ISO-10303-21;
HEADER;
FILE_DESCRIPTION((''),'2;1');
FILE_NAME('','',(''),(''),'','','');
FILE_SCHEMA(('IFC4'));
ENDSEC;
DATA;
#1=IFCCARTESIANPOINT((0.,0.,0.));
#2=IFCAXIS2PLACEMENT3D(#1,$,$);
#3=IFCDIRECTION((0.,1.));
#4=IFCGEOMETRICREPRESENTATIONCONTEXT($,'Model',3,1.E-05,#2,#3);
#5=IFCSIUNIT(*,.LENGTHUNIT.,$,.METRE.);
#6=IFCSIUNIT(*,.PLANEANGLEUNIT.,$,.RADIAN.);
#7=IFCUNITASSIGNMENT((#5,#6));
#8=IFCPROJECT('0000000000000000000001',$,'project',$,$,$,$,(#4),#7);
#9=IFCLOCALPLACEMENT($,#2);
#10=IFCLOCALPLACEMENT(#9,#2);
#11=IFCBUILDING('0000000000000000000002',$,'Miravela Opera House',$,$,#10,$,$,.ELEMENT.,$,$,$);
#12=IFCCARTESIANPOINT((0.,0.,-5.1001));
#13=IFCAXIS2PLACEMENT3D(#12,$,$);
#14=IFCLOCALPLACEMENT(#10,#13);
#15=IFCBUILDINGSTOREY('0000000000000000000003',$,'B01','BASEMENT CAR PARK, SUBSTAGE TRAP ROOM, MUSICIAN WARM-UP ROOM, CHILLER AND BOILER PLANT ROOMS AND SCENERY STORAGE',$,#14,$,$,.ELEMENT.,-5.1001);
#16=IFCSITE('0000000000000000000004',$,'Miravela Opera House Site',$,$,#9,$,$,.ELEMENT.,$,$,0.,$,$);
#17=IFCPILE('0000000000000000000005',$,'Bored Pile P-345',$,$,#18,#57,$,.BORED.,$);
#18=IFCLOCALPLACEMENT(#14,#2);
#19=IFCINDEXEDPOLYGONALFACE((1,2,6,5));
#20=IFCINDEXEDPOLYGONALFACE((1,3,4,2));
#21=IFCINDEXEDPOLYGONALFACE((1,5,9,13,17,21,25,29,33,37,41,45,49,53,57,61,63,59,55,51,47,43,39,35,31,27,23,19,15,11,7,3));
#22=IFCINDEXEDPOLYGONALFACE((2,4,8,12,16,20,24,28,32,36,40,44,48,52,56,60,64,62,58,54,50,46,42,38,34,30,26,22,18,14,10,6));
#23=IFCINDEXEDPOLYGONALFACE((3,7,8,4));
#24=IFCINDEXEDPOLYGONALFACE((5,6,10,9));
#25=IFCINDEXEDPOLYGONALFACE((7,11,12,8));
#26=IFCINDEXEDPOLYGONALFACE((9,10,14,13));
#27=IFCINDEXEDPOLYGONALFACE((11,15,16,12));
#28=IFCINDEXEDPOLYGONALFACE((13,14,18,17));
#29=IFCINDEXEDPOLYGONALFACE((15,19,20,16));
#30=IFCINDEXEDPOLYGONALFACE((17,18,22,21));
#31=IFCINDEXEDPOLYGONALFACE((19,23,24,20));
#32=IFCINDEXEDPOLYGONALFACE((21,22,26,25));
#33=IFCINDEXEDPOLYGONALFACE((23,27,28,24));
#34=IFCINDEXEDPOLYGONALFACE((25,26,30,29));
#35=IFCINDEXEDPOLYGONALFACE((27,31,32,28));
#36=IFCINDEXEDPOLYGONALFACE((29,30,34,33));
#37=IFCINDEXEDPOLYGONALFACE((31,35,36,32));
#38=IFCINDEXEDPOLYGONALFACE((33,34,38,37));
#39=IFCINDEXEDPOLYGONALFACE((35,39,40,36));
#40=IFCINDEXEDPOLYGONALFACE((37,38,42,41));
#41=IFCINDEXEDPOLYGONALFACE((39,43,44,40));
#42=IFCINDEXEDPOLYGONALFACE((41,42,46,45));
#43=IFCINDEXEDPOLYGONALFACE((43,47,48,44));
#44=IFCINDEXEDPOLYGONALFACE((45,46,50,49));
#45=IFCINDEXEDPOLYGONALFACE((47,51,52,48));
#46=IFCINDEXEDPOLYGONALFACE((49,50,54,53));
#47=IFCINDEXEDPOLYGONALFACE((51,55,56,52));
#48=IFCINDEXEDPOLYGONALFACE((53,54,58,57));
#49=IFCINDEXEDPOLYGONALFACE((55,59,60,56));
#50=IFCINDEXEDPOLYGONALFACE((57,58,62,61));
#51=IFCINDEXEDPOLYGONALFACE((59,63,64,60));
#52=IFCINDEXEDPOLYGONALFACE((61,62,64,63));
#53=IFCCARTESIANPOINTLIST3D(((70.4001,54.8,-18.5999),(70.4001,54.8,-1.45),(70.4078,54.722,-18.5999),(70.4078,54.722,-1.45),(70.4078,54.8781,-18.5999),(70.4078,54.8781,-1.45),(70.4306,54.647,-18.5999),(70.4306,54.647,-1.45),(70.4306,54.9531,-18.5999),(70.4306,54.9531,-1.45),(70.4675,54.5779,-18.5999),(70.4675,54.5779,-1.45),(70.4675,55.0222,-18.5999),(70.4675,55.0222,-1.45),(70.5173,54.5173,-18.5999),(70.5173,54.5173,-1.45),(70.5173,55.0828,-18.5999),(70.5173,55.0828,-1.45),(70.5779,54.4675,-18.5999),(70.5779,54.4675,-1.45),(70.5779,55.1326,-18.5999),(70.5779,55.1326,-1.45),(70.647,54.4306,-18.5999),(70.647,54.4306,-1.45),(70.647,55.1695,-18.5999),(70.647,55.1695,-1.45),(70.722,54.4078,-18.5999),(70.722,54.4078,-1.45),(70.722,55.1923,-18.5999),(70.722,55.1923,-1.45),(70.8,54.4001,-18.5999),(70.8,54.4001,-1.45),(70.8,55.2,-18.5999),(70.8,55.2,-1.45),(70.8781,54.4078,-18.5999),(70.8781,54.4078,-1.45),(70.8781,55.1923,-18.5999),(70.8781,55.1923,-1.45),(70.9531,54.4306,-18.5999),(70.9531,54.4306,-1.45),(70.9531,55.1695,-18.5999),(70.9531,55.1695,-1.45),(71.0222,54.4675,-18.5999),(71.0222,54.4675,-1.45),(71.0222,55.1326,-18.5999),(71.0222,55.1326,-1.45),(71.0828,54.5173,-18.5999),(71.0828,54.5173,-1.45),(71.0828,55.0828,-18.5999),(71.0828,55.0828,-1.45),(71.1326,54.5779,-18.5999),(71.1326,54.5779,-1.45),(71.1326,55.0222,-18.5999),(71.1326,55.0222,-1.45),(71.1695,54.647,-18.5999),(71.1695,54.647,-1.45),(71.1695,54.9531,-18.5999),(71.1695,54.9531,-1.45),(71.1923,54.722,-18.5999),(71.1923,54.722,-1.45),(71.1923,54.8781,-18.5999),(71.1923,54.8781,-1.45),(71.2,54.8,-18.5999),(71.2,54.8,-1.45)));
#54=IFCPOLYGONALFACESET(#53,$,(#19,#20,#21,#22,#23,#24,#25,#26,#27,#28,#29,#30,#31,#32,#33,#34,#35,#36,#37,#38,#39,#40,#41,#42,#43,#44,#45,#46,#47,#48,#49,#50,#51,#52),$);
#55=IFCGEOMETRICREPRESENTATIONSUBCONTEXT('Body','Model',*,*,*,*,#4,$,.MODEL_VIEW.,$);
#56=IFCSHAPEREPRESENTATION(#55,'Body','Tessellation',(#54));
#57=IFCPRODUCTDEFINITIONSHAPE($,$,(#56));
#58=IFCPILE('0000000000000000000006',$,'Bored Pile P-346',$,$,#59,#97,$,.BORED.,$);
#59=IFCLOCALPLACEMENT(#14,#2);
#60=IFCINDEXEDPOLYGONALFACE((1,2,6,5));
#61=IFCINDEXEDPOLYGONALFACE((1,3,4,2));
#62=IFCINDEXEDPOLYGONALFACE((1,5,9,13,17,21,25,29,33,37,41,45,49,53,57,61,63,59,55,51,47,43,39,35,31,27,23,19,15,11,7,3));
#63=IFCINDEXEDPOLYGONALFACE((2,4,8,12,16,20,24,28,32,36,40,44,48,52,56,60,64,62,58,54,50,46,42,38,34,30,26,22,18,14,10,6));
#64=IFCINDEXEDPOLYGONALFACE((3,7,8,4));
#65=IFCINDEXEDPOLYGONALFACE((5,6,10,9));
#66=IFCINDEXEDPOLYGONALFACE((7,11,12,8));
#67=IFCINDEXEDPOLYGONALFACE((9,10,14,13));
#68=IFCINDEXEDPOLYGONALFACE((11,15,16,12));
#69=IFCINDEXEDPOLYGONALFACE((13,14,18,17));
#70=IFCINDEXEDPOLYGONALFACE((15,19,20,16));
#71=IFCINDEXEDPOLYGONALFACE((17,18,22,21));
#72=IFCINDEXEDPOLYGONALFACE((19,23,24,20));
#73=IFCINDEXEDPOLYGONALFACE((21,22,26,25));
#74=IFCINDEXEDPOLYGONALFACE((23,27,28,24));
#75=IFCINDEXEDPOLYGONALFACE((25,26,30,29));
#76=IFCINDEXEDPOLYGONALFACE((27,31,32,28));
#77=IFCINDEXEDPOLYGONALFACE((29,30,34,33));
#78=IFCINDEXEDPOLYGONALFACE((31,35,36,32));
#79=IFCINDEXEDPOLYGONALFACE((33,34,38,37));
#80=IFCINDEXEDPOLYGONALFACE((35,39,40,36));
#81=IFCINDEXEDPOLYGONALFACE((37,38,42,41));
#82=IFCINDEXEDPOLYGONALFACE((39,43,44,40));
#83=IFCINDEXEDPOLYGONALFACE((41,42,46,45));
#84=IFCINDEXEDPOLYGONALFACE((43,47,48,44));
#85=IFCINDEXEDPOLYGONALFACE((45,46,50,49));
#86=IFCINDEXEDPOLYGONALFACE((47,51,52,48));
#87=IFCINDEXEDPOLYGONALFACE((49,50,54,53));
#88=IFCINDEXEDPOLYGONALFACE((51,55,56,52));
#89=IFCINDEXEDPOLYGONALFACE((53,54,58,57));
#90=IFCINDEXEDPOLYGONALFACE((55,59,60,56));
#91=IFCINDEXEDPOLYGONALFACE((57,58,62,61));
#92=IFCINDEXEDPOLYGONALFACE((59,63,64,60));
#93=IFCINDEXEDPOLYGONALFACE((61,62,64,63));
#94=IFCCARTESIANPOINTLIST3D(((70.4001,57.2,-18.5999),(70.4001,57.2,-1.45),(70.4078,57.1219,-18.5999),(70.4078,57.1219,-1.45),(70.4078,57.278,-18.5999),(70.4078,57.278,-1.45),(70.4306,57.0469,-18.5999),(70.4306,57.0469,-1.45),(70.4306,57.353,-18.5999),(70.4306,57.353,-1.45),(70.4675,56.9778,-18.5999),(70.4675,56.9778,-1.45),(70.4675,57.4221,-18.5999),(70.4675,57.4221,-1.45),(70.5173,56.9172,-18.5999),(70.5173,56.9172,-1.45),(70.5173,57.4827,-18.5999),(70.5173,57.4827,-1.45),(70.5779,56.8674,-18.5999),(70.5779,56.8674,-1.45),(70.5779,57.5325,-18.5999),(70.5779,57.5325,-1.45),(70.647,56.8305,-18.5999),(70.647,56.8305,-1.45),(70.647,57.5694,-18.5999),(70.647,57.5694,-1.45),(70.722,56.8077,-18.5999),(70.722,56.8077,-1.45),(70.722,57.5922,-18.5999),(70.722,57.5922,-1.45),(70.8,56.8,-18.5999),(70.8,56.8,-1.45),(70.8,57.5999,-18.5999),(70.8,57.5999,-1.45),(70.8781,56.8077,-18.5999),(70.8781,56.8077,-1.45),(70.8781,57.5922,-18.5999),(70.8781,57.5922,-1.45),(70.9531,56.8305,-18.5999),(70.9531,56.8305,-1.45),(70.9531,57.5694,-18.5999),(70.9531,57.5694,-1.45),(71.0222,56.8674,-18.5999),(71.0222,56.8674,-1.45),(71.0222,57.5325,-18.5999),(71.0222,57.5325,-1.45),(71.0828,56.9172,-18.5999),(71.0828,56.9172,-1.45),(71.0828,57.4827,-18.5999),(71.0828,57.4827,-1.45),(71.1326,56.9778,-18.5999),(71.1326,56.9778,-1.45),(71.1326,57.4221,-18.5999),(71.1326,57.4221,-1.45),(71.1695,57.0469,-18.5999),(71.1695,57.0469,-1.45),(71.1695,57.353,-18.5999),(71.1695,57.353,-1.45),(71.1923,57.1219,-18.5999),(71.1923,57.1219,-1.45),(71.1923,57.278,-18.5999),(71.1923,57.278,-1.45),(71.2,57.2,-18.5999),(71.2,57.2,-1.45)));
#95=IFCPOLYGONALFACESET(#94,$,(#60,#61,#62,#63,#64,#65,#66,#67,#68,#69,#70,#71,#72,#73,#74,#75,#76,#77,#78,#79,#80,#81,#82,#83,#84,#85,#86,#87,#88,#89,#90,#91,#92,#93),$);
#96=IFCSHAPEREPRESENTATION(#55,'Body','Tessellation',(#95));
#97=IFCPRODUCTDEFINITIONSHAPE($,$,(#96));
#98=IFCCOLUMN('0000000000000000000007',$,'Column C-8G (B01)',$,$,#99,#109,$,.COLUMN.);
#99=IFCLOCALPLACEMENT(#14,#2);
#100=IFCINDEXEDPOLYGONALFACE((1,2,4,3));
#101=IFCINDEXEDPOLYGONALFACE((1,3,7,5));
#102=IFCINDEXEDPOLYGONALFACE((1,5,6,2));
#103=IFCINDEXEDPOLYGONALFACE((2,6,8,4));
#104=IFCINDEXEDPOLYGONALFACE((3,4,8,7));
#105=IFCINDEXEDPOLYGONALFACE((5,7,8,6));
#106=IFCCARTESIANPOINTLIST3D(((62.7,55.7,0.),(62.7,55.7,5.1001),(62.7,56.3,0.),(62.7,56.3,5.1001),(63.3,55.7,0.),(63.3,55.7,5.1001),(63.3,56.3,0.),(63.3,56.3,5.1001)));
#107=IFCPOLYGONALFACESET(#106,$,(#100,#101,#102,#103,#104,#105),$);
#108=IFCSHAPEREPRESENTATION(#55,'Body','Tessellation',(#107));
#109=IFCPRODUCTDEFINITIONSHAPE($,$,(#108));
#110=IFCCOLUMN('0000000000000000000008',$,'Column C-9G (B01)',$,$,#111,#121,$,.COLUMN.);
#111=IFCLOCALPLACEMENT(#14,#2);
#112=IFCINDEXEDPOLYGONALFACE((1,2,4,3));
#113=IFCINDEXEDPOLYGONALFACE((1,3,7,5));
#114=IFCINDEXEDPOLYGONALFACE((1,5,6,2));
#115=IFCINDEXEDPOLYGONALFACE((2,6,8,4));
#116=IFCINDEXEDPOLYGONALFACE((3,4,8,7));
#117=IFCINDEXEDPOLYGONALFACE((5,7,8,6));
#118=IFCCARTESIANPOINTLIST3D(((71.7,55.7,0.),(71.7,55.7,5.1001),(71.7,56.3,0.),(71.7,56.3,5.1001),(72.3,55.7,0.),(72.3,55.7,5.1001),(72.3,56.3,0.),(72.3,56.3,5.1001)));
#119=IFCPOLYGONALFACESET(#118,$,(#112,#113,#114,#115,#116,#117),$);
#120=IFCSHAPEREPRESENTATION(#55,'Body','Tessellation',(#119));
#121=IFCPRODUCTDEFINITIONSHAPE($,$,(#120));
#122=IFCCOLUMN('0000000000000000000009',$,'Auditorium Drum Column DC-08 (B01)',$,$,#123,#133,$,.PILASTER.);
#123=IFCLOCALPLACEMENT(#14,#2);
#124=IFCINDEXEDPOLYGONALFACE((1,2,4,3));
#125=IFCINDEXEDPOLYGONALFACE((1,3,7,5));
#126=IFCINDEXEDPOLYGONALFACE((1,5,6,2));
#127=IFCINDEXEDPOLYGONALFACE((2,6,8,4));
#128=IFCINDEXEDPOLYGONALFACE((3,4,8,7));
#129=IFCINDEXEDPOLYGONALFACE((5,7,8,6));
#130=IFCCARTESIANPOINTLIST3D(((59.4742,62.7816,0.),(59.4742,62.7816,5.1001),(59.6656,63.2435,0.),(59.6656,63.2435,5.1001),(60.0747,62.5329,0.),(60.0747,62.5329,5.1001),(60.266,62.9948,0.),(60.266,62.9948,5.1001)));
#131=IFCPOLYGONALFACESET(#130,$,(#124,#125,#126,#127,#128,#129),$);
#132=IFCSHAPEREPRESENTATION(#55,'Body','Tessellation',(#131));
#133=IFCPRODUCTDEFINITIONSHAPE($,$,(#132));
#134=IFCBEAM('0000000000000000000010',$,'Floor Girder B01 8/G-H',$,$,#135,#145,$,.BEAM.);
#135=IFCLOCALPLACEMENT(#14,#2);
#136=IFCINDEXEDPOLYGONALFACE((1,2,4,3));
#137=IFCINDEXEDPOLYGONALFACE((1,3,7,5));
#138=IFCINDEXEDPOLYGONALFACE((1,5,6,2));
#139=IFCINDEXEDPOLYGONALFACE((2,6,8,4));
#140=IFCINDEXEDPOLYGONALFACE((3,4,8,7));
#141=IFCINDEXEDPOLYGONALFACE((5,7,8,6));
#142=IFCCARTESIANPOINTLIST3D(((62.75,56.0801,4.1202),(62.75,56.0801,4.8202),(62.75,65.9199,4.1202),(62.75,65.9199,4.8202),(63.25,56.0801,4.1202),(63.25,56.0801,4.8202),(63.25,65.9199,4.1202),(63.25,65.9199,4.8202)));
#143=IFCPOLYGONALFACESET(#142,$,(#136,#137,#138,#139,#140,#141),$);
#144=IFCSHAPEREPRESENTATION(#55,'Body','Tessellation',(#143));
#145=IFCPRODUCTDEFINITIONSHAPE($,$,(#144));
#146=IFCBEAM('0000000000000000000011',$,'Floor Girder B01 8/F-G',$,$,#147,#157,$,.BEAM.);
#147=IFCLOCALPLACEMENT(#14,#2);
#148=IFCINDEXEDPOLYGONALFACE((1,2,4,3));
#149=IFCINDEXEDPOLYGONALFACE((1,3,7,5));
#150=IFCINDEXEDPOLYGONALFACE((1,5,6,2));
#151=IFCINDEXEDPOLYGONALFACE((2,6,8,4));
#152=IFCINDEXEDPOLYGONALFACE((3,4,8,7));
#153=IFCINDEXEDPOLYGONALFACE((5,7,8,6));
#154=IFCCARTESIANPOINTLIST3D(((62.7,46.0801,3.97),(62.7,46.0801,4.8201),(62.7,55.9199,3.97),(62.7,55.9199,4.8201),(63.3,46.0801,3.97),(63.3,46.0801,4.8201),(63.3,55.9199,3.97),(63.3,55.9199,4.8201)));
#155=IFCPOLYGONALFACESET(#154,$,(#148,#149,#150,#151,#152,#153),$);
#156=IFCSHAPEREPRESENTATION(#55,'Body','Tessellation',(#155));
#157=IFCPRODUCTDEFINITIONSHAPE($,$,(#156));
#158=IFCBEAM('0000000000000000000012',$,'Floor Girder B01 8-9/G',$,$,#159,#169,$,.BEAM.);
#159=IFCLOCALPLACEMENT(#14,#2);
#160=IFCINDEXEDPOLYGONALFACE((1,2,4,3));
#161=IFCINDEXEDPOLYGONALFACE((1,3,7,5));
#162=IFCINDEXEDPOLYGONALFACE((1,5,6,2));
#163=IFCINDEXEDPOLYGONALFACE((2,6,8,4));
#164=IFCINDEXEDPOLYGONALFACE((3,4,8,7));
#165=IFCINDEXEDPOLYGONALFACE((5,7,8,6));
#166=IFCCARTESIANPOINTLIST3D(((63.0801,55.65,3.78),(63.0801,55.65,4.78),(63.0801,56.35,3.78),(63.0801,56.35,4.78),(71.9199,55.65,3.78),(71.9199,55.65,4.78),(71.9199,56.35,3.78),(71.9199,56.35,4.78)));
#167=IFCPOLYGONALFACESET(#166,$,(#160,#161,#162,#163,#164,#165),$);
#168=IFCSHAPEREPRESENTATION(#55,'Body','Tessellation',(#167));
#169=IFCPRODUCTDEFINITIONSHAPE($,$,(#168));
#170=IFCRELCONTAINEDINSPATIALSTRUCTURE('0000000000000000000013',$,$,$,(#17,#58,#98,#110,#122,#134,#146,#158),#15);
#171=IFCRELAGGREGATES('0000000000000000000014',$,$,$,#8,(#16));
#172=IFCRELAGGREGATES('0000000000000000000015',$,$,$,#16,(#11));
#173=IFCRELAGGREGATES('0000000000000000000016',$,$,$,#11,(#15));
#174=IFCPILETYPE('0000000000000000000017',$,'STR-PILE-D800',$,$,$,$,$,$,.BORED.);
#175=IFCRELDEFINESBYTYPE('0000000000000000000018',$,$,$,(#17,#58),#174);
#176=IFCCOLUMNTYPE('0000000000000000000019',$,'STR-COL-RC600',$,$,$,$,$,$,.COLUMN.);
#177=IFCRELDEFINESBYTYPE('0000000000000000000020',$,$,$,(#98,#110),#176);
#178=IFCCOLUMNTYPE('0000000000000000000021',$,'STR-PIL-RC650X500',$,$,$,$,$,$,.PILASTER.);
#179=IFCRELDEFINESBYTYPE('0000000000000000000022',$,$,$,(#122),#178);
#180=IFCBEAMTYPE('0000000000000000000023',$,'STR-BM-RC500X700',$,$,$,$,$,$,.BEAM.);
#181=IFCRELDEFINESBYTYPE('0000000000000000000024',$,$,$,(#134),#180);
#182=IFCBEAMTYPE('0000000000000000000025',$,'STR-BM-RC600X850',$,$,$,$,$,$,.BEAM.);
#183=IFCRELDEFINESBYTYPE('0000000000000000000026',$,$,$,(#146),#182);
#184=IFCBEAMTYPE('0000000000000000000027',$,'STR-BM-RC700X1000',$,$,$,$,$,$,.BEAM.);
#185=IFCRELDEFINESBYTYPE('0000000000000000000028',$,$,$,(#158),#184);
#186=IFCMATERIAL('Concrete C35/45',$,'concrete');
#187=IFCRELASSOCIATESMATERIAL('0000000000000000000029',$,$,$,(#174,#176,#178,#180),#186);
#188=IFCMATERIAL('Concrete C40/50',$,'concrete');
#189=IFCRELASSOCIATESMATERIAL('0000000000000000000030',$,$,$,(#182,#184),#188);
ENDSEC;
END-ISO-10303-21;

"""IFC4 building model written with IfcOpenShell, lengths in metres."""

from ifc_helpers import new_model, si_unit, direction, frame, origin, origin_2d, place, context, subcontext, project, spatial, rectangle, circle, extrude, material, material_profile, profile_set, type_object, element, save


model = new_model("IFC4")

# Units and contexts
model_context = context("Model", 3, precision=1e-05, world=origin(), true_north=direction((0.0, 1.0)))
body_context = subcontext(model_context, "Body", "Model", "MODEL_VIEW")
ifc_project = project(units=[si_unit("LENGTHUNIT", "METRE"), si_unit("PLANEANGLEUNIT", "RADIAN")], contexts=[model_context])

# Site, building, storey
site_placement = place(None, origin())
site = spatial("IfcSite", under=ifc_project, at=site_placement, Name="Miravela Opera House Site", CompositionType="ELEMENT", RefElevation=0.0)
building_placement = place(site_placement, origin())
building = spatial("IfcBuilding", under=site, at=building_placement, Name="Miravela Opera House", CompositionType="ELEMENT")
storey_placement = place(building_placement, frame((0.0, 0.0, -5.1001)))
storey = spatial("IfcBuildingStorey", under=building, at=storey_placement, Name="B01", Description="BASEMENT CAR PARK, SUBSTAGE TRAP ROOM, MUSICIAN WARM-UP ROOM, CHILLER AND BOILER PLANT ROOMS AND SCENERY STORAGE", CompositionType="ELEMENT", Elevation=-5.1001)

# Shared definitions
ifc_material_1 = material(Name="Concrete C35/45", Category="concrete")

# Piles
ifc_material_profile_1 = material_profile(ifc_material_1, circle(Radius=0.3999, at=origin_2d()), Name="PILE-D800")
ifc_profile_set_1 = profile_set([ifc_material_profile_1])
pile_type_1 = type_object("IfcPileType", Name="STR-PILE-D800", PredefinedType="BORED", material=ifc_profile_set_1)
for number, where, z_axis, x_axis, name in (
    (1, (70.8, 54.8, -1.45), (0.0, 0.0, -1.0), (1.0, 0.0, 0.0), "Bored Pile P-345"),
    (2, (70.8, 57.2, -1.45), (0.0, 0.0, -1.0), (1.0, 0.0, 0.0), "Bored Pile P-346"),
):
    element("IfcPile", number, at=place(storey_placement, frame(where, z_axis=z_axis, x_axis=x_axis)), inside=storey, type_object=pile_type_1, Name=name, PredefinedType="BORED", context=body_context, shape_type="SweptSolid", body=[
        extrude(circle(Radius=0.3999, at=origin_2d()), origin(), (0.0, 0.0, 1.0), 17.1499),
    ])

# Columns
ifc_material_profile_2 = material_profile(ifc_material_1, rectangle(XDim=0.6001, YDim=0.6001, at=origin_2d()), Name="RC-COL-600X600")
ifc_profile_set_2 = profile_set([ifc_material_profile_2])
column_type_1 = type_object("IfcColumnType", Name="STR-COL-RC600", PredefinedType="COLUMN", material=ifc_profile_set_2)
for number, where, z_axis, x_axis, name in (
    (3, (63.0, 56.0, 0.0), (0.0, 0.0, 1.0), (1.0, 0.0, 0.0), "Column C-8G (B01)"),
    (4, (72.0, 56.0, 0.0), (0.0, 0.0, 1.0), (1.0, 0.0, 0.0), "Column C-9G (B01)"),
):
    element("IfcColumn", number, at=place(storey_placement, frame(where, z_axis=z_axis, x_axis=x_axis)), inside=storey, type_object=column_type_1, Name=name, PredefinedType="COLUMN", context=body_context, shape_type="SweptSolid", body=[
        extrude(rectangle(XDim=0.6001, YDim=0.6001, at=origin_2d()), origin(), (0.0, 0.0, 1.0), 5.1001),
    ])
ifc_material_profile_3 = material_profile(ifc_material_1, rectangle(XDim=0.6499, YDim=0.5, at=origin_2d()), Name="RC-PIL-650X500")
ifc_profile_set_3 = profile_set([ifc_material_profile_3])
column_type_2 = type_object("IfcColumnType", Name="STR-PIL-RC650X500", PredefinedType="PILASTER", material=ifc_profile_set_3)
column_placement = place(storey_placement, frame((59.8701, 62.8882, 0.0), z_axis=(0.0, 0.0, 1.0), x_axis=(-0.92388, 0.382683, 0.0)))
element("IfcColumn", 5, at=column_placement, inside=storey, type_object=column_type_2, Name="Auditorium Drum Column DC-08 (B01)", PredefinedType="PILASTER", context=body_context, shape_type="SweptSolid", body=[
    extrude(rectangle(XDim=0.6499, YDim=0.5, at=origin_2d()), origin(), (0.0, 0.0, 1.0), 5.1001),
])

# Beams
ifc_material_profile_4 = material_profile(ifc_material_1, rectangle(XDim=0.5, YDim=0.7, at=origin_2d()), Name="RC-BM-500X700")
ifc_profile_set_4 = profile_set([ifc_material_profile_4])
beam_type_1 = type_object("IfcBeamType", Name="STR-BM-RC500X700", PredefinedType="BEAM", material=ifc_profile_set_4)
beam_1_placement = place(storey_placement, frame((63.0, 56.0801, 4.4702), z_axis=(0.0, 1.0, 0.0), x_axis=(-1.0, 0.0, 0.0)))
element("IfcBeam", 6, at=beam_1_placement, inside=storey, type_object=beam_type_1, Name="Floor Girder B01 8/G-H", PredefinedType="BEAM", context=body_context, shape_type="SweptSolid", body=[
    extrude(rectangle(XDim=0.5, YDim=0.7, at=origin_2d()), origin(), (0.0, 0.0, 1.0), 9.8398),
])
ifc_material_2 = material(Name="Concrete C40/50", Category="concrete")
ifc_material_profile_5 = material_profile(ifc_material_2, rectangle(XDim=0.6001, YDim=0.8501, at=origin_2d()), Name="RC-BM-600X850")
ifc_profile_set_5 = profile_set([ifc_material_profile_5])
beam_type_2 = type_object("IfcBeamType", Name="STR-BM-RC600X850", PredefinedType="BEAM", material=ifc_profile_set_5)
beam_2_placement = place(storey_placement, frame((63.0, 46.0801, 4.395), z_axis=(0.0, 1.0, 0.0), x_axis=(-1.0, 0.0, 0.0)))
element("IfcBeam", 7, at=beam_2_placement, inside=storey, type_object=beam_type_2, Name="Floor Girder B01 8/F-G", PredefinedType="BEAM", context=body_context, shape_type="SweptSolid", body=[
    extrude(rectangle(XDim=0.6001, YDim=0.8501, at=origin_2d()), origin(), (0.0, 0.0, 1.0), 9.8398),
])
ifc_material_profile_6 = material_profile(ifc_material_2, rectangle(XDim=0.7, YDim=1.0, at=origin_2d()), Name="RC-BM-700X1000")
ifc_profile_set_6 = profile_set([ifc_material_profile_6])
beam_type_3 = type_object("IfcBeamType", Name="STR-BM-RC700X1000", PredefinedType="BEAM", material=ifc_profile_set_6)
beam_3_placement = place(storey_placement, frame((63.0801, 56.0, 4.28), z_axis=(1.0, 0.0, 0.0), x_axis=(0.0, 1.0, 0.0)))
element("IfcBeam", 8, at=beam_3_placement, inside=storey, type_object=beam_type_3, Name="Floor Girder B01 8-9/G", PredefinedType="BEAM", context=body_context, shape_type="SweptSolid", body=[
    extrude(rectangle(XDim=0.7, YDim=1.0, at=origin_2d()), origin(), (0.0, 0.0, 1.0), 8.8398),
])

save(model, "model.ifc")
